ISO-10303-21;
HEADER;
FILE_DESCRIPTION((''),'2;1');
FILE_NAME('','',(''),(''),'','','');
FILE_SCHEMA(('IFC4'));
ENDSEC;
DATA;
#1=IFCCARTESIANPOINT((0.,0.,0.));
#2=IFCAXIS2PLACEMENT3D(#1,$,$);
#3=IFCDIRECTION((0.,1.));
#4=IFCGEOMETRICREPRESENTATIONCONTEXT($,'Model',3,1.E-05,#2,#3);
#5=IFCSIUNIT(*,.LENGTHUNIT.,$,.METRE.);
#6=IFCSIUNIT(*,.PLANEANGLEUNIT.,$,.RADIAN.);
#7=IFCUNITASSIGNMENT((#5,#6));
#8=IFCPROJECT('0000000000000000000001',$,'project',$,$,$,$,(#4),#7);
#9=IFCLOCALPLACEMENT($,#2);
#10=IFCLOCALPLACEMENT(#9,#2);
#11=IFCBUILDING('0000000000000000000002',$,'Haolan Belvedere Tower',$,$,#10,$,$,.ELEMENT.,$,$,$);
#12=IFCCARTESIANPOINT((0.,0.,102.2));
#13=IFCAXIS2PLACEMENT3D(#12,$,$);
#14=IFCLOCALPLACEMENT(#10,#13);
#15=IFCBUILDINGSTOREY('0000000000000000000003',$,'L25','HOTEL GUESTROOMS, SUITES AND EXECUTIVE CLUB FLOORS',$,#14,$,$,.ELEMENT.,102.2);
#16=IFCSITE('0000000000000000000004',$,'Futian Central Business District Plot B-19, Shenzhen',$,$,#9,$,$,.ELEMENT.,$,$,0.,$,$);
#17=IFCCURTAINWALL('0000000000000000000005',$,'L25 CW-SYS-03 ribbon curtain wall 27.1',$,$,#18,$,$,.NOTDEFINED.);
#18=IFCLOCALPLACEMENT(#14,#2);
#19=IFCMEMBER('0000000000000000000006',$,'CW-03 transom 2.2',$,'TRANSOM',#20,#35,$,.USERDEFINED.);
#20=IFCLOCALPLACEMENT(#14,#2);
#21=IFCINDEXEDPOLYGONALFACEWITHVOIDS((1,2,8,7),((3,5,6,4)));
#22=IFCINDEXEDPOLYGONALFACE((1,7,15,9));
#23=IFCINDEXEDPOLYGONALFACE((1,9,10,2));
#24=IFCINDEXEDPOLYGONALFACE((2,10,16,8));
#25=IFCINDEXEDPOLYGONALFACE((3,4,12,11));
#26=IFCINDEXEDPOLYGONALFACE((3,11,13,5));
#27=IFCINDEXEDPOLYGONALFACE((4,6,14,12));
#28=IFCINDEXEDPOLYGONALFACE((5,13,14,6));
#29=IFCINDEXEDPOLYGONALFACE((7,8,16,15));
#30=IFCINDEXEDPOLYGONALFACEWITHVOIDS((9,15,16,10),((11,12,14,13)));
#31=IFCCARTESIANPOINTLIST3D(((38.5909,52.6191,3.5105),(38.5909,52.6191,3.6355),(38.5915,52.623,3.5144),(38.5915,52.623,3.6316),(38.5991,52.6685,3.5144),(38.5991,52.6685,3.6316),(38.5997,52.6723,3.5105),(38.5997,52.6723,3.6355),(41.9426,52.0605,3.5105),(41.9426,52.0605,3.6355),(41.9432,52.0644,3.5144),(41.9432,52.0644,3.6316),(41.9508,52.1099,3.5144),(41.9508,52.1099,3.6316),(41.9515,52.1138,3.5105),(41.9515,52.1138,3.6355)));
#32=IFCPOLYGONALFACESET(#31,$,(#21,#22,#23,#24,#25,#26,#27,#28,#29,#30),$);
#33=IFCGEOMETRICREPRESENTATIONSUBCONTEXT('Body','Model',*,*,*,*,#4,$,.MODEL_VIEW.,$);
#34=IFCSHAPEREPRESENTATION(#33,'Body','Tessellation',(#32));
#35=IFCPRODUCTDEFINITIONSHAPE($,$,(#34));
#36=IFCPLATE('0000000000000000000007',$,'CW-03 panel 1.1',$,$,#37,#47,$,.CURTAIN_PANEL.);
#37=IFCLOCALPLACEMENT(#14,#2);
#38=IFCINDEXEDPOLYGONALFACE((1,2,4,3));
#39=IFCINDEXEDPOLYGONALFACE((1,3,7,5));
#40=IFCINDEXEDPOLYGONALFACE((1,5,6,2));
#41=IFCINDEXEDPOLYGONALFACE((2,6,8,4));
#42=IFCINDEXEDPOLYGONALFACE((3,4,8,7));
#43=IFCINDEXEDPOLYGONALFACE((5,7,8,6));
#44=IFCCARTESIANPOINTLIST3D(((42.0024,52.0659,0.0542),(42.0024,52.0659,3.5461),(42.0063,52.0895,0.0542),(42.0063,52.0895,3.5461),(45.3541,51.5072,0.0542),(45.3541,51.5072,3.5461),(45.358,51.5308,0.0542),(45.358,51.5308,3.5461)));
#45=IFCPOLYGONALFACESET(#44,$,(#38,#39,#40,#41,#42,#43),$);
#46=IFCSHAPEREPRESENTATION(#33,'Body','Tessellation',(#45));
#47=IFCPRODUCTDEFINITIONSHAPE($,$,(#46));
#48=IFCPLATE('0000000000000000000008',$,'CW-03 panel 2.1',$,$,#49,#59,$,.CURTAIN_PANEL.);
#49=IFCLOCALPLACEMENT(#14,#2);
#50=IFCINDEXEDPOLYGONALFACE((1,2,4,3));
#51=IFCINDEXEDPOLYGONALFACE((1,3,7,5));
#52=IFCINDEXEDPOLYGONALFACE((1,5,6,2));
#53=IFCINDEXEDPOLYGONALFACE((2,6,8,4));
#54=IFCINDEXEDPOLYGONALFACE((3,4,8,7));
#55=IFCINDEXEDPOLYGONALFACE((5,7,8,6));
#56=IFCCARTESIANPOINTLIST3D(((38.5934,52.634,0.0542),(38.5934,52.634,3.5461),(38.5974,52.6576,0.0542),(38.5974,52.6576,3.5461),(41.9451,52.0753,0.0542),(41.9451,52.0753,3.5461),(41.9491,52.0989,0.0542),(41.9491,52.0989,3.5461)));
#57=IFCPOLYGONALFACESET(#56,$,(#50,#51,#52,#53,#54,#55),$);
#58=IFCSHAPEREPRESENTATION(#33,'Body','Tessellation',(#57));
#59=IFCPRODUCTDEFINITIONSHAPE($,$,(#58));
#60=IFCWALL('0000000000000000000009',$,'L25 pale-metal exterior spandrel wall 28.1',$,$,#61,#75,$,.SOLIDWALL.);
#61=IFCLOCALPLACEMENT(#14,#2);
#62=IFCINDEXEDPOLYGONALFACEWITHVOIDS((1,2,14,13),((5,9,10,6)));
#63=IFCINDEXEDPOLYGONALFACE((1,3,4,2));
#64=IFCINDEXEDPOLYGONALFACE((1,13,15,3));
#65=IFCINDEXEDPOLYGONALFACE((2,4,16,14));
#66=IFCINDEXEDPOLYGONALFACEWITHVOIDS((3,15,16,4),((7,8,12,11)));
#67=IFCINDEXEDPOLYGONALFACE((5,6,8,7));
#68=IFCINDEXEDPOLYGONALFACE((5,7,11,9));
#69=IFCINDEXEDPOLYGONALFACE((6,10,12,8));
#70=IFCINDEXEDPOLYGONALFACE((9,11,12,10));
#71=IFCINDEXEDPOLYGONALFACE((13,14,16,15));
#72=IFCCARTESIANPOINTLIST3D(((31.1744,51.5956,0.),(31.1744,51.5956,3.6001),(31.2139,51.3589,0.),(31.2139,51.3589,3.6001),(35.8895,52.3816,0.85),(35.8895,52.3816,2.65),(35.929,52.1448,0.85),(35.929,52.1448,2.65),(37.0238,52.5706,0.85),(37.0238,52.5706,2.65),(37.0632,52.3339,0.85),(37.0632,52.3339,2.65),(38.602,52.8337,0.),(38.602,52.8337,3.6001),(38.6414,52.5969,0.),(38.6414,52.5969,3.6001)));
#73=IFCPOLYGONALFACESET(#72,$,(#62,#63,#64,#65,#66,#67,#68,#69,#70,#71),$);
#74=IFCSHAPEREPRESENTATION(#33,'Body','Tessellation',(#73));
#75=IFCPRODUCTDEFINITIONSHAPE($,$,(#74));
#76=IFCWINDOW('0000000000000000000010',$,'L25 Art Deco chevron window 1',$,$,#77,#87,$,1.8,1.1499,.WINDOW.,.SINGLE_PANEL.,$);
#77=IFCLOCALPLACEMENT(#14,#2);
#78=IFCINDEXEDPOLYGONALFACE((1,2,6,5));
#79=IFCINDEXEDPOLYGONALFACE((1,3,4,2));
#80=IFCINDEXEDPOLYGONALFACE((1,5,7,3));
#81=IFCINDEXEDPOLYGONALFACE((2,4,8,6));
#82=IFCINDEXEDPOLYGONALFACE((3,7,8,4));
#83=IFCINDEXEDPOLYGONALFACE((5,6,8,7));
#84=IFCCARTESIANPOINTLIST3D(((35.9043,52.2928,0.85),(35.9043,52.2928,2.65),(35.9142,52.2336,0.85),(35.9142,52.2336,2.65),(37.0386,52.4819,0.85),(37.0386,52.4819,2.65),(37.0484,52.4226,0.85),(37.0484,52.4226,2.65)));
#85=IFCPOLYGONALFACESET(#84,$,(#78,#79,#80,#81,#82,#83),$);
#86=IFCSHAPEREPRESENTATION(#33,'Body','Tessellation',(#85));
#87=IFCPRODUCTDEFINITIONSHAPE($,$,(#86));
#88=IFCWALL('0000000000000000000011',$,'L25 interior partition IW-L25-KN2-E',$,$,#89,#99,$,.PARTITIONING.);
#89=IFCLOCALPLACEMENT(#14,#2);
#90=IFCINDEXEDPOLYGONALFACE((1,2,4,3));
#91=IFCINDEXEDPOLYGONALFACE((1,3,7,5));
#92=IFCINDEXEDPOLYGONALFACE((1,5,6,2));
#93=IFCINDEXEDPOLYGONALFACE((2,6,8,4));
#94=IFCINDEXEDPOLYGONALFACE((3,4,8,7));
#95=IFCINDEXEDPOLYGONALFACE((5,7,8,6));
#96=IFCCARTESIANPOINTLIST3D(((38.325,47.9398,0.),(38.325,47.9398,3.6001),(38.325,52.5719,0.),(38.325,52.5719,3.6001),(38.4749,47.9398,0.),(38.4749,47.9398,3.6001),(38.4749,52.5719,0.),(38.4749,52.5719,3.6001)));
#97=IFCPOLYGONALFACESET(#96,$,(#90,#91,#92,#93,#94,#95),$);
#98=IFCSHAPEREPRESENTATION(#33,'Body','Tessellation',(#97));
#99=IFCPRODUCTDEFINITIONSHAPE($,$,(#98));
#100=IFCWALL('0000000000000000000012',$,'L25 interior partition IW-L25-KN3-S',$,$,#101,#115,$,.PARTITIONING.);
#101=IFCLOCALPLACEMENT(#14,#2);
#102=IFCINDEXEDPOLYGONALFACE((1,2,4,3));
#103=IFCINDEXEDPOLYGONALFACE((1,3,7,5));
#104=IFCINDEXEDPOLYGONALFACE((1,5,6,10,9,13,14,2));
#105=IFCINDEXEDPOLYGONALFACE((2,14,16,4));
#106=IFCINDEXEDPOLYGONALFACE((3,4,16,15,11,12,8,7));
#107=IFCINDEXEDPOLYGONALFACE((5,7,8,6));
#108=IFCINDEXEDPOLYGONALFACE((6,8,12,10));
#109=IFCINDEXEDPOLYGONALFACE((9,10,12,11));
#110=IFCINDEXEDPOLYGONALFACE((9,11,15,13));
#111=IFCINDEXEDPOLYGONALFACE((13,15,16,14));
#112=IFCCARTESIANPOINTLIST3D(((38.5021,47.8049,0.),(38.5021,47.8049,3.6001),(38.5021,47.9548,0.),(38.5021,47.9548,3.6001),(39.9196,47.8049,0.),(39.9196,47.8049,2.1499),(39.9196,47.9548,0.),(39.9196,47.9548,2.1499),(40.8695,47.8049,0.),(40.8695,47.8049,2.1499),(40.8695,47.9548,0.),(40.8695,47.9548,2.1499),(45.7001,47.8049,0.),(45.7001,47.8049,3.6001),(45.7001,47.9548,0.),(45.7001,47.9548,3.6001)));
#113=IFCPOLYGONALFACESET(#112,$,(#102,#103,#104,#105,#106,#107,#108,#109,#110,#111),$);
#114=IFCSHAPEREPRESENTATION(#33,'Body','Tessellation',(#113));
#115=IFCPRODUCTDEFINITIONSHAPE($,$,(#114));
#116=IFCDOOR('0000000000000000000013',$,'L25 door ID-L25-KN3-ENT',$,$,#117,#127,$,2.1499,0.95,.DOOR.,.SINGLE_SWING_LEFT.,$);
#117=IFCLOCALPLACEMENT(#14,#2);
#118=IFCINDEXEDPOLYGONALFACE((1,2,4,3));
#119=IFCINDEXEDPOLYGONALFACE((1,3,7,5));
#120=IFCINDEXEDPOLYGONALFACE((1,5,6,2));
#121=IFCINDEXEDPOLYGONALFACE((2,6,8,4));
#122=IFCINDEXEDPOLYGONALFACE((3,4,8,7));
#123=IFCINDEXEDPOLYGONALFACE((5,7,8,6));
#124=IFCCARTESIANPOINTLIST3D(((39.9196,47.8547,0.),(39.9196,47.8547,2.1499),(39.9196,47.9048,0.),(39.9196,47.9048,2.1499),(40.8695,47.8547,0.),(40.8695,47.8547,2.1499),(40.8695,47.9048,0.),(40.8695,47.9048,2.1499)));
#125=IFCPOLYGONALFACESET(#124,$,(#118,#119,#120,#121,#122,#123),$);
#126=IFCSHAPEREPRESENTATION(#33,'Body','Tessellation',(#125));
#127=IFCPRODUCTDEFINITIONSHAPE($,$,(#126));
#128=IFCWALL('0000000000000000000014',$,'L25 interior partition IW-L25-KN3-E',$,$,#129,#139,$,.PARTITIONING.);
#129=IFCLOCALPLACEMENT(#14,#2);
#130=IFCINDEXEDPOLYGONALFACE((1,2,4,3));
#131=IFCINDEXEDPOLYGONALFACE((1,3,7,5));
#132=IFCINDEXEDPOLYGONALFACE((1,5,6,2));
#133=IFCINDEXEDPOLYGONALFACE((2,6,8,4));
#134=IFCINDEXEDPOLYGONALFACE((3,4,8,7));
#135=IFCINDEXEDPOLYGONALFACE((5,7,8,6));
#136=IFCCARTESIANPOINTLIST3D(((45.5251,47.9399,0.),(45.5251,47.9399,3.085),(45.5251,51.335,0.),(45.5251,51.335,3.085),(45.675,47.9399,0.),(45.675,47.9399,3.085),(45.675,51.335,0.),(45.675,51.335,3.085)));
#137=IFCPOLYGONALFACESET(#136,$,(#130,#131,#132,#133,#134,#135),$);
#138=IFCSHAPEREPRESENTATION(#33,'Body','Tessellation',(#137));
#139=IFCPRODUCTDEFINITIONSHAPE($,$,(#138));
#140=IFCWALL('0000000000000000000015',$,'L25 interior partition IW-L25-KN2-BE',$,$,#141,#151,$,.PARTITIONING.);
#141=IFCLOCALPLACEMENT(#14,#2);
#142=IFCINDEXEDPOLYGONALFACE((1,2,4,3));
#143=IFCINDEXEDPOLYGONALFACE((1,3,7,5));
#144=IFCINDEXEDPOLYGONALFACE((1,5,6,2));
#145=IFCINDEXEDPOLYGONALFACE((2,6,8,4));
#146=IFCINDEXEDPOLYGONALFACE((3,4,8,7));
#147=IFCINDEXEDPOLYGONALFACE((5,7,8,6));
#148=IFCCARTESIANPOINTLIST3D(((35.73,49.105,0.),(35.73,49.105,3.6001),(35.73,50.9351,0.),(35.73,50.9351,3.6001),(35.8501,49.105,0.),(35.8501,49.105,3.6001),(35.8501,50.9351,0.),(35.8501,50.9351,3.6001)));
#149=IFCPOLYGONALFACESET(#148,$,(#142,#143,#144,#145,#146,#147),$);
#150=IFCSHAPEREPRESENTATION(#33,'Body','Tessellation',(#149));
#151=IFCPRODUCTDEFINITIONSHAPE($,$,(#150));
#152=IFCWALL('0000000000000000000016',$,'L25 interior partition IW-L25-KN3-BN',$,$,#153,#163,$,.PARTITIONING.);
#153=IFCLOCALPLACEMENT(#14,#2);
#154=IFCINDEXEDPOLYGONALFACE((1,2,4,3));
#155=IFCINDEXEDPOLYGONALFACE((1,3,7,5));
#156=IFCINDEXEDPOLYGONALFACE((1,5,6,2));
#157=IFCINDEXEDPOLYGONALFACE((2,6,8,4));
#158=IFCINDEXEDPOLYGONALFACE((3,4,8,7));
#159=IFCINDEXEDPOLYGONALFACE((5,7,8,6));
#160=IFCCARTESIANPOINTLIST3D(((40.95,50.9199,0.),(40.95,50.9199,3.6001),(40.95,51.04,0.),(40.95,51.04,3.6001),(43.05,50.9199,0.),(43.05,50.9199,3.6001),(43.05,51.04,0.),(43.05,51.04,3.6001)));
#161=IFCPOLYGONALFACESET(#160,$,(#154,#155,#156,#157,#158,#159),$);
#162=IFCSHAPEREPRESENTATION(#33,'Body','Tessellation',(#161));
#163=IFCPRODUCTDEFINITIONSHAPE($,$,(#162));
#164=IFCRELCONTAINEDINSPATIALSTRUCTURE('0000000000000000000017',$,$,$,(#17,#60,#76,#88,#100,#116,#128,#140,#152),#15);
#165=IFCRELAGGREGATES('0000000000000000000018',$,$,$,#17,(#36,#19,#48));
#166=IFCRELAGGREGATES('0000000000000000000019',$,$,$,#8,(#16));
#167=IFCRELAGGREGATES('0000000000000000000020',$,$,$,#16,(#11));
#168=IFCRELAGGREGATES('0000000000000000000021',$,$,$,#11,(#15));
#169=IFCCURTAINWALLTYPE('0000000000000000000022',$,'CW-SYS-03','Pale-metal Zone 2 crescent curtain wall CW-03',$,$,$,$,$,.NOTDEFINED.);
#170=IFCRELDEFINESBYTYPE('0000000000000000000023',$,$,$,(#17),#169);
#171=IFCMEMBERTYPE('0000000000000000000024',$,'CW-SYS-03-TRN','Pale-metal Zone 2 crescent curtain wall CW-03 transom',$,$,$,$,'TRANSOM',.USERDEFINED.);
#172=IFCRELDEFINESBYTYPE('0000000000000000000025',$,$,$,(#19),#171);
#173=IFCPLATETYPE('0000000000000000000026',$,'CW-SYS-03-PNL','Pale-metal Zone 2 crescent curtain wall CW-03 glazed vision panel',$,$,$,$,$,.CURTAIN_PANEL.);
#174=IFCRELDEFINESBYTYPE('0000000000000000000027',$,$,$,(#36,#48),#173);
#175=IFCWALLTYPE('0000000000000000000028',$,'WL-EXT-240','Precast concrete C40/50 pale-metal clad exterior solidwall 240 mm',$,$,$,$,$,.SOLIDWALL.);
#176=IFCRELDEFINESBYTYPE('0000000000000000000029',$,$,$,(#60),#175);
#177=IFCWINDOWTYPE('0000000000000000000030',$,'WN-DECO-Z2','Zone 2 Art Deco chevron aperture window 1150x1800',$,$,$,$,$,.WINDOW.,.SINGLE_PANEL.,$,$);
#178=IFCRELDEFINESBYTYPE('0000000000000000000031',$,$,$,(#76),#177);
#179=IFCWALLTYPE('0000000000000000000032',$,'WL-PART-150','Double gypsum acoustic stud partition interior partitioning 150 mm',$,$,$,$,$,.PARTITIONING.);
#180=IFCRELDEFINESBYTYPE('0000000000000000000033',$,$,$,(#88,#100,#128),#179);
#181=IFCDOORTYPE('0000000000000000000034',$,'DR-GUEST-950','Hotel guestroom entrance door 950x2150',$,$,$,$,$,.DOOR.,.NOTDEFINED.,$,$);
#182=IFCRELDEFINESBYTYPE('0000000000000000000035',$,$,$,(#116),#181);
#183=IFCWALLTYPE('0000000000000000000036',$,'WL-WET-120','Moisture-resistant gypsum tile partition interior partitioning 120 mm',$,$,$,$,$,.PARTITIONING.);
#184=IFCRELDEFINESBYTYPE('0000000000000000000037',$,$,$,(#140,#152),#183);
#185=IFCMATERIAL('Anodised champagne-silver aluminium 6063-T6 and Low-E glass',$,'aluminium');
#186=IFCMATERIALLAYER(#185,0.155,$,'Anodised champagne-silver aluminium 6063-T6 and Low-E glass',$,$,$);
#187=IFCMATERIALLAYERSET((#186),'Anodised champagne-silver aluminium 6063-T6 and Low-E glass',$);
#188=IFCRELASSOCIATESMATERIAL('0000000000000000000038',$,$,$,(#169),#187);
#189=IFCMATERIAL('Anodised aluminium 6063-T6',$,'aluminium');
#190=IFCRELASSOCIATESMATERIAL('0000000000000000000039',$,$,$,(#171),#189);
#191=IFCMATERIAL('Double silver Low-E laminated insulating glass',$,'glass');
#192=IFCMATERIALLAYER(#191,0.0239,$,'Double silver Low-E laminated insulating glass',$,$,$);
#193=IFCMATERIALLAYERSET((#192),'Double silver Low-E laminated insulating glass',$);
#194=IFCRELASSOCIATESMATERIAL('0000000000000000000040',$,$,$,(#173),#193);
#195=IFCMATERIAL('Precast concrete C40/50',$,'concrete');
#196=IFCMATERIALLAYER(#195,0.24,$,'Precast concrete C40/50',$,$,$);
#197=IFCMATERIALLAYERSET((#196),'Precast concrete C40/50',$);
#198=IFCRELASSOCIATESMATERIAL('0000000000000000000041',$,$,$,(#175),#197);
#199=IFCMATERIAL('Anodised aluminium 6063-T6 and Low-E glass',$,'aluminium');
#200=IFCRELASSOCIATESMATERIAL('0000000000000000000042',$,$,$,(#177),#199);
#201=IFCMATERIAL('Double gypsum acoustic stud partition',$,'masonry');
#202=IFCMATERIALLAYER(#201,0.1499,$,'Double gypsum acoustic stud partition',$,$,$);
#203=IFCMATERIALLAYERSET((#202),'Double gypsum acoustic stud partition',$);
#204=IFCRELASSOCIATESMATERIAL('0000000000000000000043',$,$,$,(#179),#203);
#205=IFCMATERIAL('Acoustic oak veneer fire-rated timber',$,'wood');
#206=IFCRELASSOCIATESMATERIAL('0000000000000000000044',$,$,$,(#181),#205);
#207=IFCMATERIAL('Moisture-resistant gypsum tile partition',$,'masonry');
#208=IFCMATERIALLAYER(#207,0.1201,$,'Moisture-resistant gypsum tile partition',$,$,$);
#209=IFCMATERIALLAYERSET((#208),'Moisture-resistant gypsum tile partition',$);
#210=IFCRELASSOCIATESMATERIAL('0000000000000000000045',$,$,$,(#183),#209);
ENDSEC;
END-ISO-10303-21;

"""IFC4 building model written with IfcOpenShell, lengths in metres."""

from ifc_helpers import new_model, si_unit, direction, frame, frame_2d, origin, origin_2d, place, context, subcontext, project, spatial, rectangle, hollow_rectangle, extrude, material, layer, layer_set, material_profile, profile_set, type_object, element, fill, aggregate, save


model = new_model("IFC4")

# Units and contexts
model_context = context("Model", 3, precision=1e-05, world=origin(), true_north=direction((0.0, 1.0)))
body_context = subcontext(model_context, "Body", "Model", "MODEL_VIEW")
ifc_project = project(units=[si_unit("LENGTHUNIT", "METRE"), si_unit("PLANEANGLEUNIT", "RADIAN")], contexts=[model_context])

# Site, building, storey
site_placement = place(None, origin())
site = spatial("IfcSite", under=ifc_project, at=site_placement, Name="Futian Central Business District Plot B-19, Shenzhen", CompositionType="ELEMENT", RefElevation=0.0)
building_placement = place(site_placement, origin())
building = spatial("IfcBuilding", under=site, at=building_placement, Name="Haolan Belvedere Tower", CompositionType="ELEMENT")
storey_placement = place(building_placement, frame((0.0, 0.0, 102.2)))
storey = spatial("IfcBuildingStorey", under=building, at=storey_placement, Name="L25", Description="HOTEL GUESTROOMS, SUITES AND EXECUTIVE CLUB FLOORS", CompositionType="ELEMENT", Elevation=102.2)

# Curtain wall, member, plates
ifc_material_1 = material(Name="Anodised champagne-silver aluminium 6063-T6 and Low-E glass", Category="aluminium")
ifc_layer_1 = layer(ifc_material_1, 0.155, Name="Anodised champagne-silver aluminium 6063-T6 and Low-E glass")
ifc_layer_set_1 = layer_set([ifc_layer_1], Name="Anodised champagne-silver aluminium 6063-T6 and Low-E glass")
curtain_wall_type = type_object("IfcCurtainWallType", Name="CW-SYS-03", Description="Pale-metal Zone 2 crescent curtain wall CW-03", PredefinedType="NOTDEFINED", material=ifc_layer_set_1)
curtain_wall_placement = place(storey_placement, origin())
curtain_wall = element("IfcCurtainWall", 1, at=curtain_wall_placement, inside=storey, type_object=curtain_wall_type, Name="L25 CW-SYS-03 ribbon curtain wall 27.1", PredefinedType="NOTDEFINED")
ifc_material_2 = material(Name="Anodised aluminium 6063-T6", Category="aluminium")
ifc_material_profile_1 = material_profile(ifc_material_2, hollow_rectangle(XDim=0.054, YDim=0.125, WallThickness=0.0039, at=origin_2d()), Name="Anodised aluminium 6063-T6")
ifc_profile_set_1 = profile_set([ifc_material_profile_1], Name="Anodised aluminium 6063-T6")
member_type_1 = type_object("IfcMemberType", Name="CW-SYS-03-TRN", Description="Pale-metal Zone 2 crescent curtain wall CW-03 transom", ElementType="TRANSOM", PredefinedType="USERDEFINED", material=ifc_profile_set_1)
member_1_placement = place(storey_placement, frame((41.947, 52.0872, 3.573), z_axis=(-0.986396, 0.164387, 0.0), x_axis=(-0.164387, -0.986396, 0.0)))
member_1 = element("IfcMember", 2, at=member_1_placement, type_object=member_type_1, Name="CW-03 transom 2.2", ObjectType="TRANSOM", PredefinedType="USERDEFINED", context=body_context, shape_type="SweptSolid", body=[
    extrude(hollow_rectangle(XDim=0.054, YDim=0.125, WallThickness=0.0039, at=origin_2d()), origin(), (0.0, 0.0, 1.0), 3.3979),
])
ifc_material_3 = material(Name="Double silver Low-E laminated insulating glass", Category="glass")
ifc_layer_2 = layer(ifc_material_3, 0.0239, Name="Double silver Low-E laminated insulating glass")
ifc_layer_set_2 = layer_set([ifc_layer_2], Name="Double silver Low-E laminated insulating glass")
plate_type = type_object("IfcPlateType", Name="CW-SYS-03-PNL", Description="Pale-metal Zone 2 crescent curtain wall CW-03 glazed vision panel", PredefinedType="CURTAIN_PANEL", material=ifc_layer_set_2)
plate_1_placement = place(storey_placement, frame((43.6802, 51.7983, 0.0542), z_axis=(0.0, 0.0, 1.0), x_axis=(-0.986393, 0.164404, 0.0)))
plate_1 = element("IfcPlate", 3, at=plate_1_placement, type_object=plate_type, Name="CW-03 panel 1.1", PredefinedType="CURTAIN_PANEL", context=body_context, shape_type="SweptSolid", body=[
    extrude(rectangle(XDim=3.3979, YDim=0.0239, at=origin_2d()), origin(), (0.0, 0.0, 1.0), 3.4919),
])
plate_2_placement = place(storey_placement, frame((40.2712, 52.3665, 0.0542), z_axis=(0.0, 0.0, 1.0), x_axis=(-0.986393, 0.164404, 0.0)))
plate_2 = element("IfcPlate", 4, at=plate_2_placement, type_object=plate_type, Name="CW-03 panel 2.1", PredefinedType="CURTAIN_PANEL", context=body_context, shape_type="SweptSolid", body=[
    extrude(rectangle(XDim=3.3979, YDim=0.0239, at=origin_2d()), origin(), (0.0, 0.0, 1.0), 3.4919),
])
aggregate(curtain_wall, [plate_1, member_1, plate_2])

# Wall, opening, window
ifc_material_4 = material(Name="Precast concrete C40/50", Category="concrete")
ifc_layer_3 = layer(ifc_material_4, 0.24, Name="Precast concrete C40/50")
ifc_layer_set_3 = layer_set([ifc_layer_3], Name="Precast concrete C40/50")
wall_type_1 = type_object("IfcWallType", Name="WL-EXT-240", Description="Precast concrete C40/50 pale-metal clad exterior solidwall 240 mm", PredefinedType="SOLIDWALL", material=ifc_layer_set_3)
wall_1_placement = place(storey_placement, frame((38.6218, 52.7153, 0.0), z_axis=(0.0, 0.0, 1.0), x_axis=(-0.986391, -0.164415, 0.0)))
wall_1 = element("IfcWall", 5, at=wall_1_placement, inside=storey, type_object=wall_type_1, Name="L25 pale-metal exterior spandrel wall 28.1", PredefinedType="SOLIDWALL", context=body_context, shape_type="SweptSolid", body=[
    extrude(rectangle(XDim=7.53, YDim=0.24, at=frame_2d((3.7651, 0.0))), origin(), (0.0, 0.0, 1.0), 3.6001),
])
opening_1_placement = place(wall_1_placement, frame((1.6001, 0.0, 0.8501)))
opening_1 = element("IfcOpeningElement", 6, at=opening_1_placement, cuts=wall_1, PredefinedType="OPENING", context=body_context, shape_type="SweptSolid", body=[
    extrude(rectangle(XDim=1.1499, YDim=1.8, at=frame_2d((0.575, 0.8999))), frame((0.0, 0.1299, 0.0), z_axis=(0.0, -1.0, 0.0), x_axis=(1.0, 0.0, 0.0)), (0.0, 0.0, 1.0), 0.26),
])
ifc_material_5 = material(Name="Anodised aluminium 6063-T6 and Low-E glass", Category="aluminium")
window_type = type_object("IfcWindowType", Name="WN-DECO-Z2", Description="Zone 2 Art Deco chevron aperture window 1150x1800", PartitioningType="SINGLE_PANEL", PredefinedType="WINDOW", material=ifc_material_5)
window_placement = place(opening_1_placement, origin())
window = element("IfcWindow", 7, at=window_placement, inside=storey, type_object=window_type, Name="L25 Art Deco chevron window 1", OverallHeight=1.8, OverallWidth=1.1499, PartitioningType="SINGLE_PANEL", PredefinedType="WINDOW", context=body_context, shape_type="SweptSolid", body=[
    extrude(rectangle(XDim=1.1499, YDim=1.8, at=frame_2d((0.575, 0.8999))), frame((0.0, 0.03, 0.0), z_axis=(0.0, -1.0, 0.0), x_axis=(1.0, 0.0, 0.0)), (0.0, 0.0, 1.0), 0.0601),
])
fill(opening_1, window)

# Wall
ifc_material_6 = material(Name="Double gypsum acoustic stud partition", Category="masonry")
ifc_layer_4 = layer(ifc_material_6, 0.1499, Name="Double gypsum acoustic stud partition")
ifc_layer_set_4 = layer_set([ifc_layer_4], Name="Double gypsum acoustic stud partition")
wall_type_2 = type_object("IfcWallType", Name="WL-PART-150", Description="Double gypsum acoustic stud partition interior partitioning 150 mm", PredefinedType="PARTITIONING", material=ifc_layer_set_4)
wall_2_placement = place(storey_placement, frame((38.3999, 47.9399, 0.0), z_axis=(0.0, 0.0, 1.0), x_axis=(0.0, 1.0, 0.0)))
element("IfcWall", 8, at=wall_2_placement, inside=storey, type_object=wall_type_2, Name="L25 interior partition IW-L25-KN2-E", PredefinedType="PARTITIONING", context=body_context, shape_type="SweptSolid", body=[
    extrude(rectangle(XDim=4.6321, YDim=0.1499, at=frame_2d((2.3159, 0.0))), origin(), (0.0, 0.0, 1.0), 3.6001),
])

# Wall, opening, door
wall_3_placement = place(storey_placement, frame((38.502, 47.8799, 0.0), z_axis=(0.0, 0.0, 1.0), x_axis=(1.0, 0.0, 0.0)))
wall_3 = element("IfcWall", 9, at=wall_3_placement, inside=storey, type_object=wall_type_2, Name="L25 interior partition IW-L25-KN3-S", PredefinedType="PARTITIONING", context=body_context, shape_type="SweptSolid", body=[
    extrude(rectangle(XDim=7.198, YDim=0.1499, at=frame_2d((3.5991, 0.0))), origin(), (0.0, 0.0, 1.0), 3.6001),
])
opening_2_placement = place(wall_3_placement, frame((1.4175, 0.0, 0.0)))
opening_2 = element("IfcOpeningElement", 10, at=opening_2_placement, cuts=wall_3, PredefinedType="OPENING", context=body_context, shape_type="SweptSolid", body=[
    extrude(rectangle(XDim=0.95, YDim=2.1499, at=frame_2d((0.4751, 1.075))), frame((0.0, 0.085, 0.0), z_axis=(0.0, -1.0, 0.0), x_axis=(1.0, 0.0, 0.0)), (0.0, 0.0, 1.0), 0.1699),
])
ifc_material_7 = material(Name="Acoustic oak veneer fire-rated timber", Category="wood")
door_type_1 = type_object("IfcDoorType", Name="DR-GUEST-950", Description="Hotel guestroom entrance door 950x2150", OperationType="NOTDEFINED", PredefinedType="DOOR", material=ifc_material_7)
door_1_placement = place(opening_2_placement, origin())
door_1 = element("IfcDoor", 11, at=door_1_placement, inside=storey, type_object=door_type_1, Name="L25 door ID-L25-KN3-ENT", OperationType="SINGLE_SWING_LEFT", OverallHeight=2.1499, OverallWidth=0.95, PredefinedType="DOOR", context=body_context, shape_type="SweptSolid", body=[
    extrude(rectangle(XDim=0.95, YDim=2.1499, at=frame_2d((0.4751, 1.075))), frame((0.0, 0.0249, 0.0), z_axis=(0.0, -1.0, 0.0), x_axis=(1.0, 0.0, 0.0)), (0.0, 0.0, 1.0), 0.05),
])
fill(opening_2, door_1)

# Walls
wall_4_placement = place(storey_placement, frame((45.6001, 47.9399, 0.0), z_axis=(0.0, 0.0, 1.0), x_axis=(0.0, 1.0, 0.0)))
element("IfcWall", 12, at=wall_4_placement, inside=storey, type_object=wall_type_2, Name="L25 interior partition IW-L25-KN3-E", PredefinedType="PARTITIONING", context=body_context, shape_type="SweptSolid", body=[
    extrude(rectangle(XDim=3.395, YDim=0.1499, at=frame_2d((1.6975, 0.0))), origin(), (0.0, 0.0, 1.0), 3.085),
])
ifc_material_8 = material(Name="Moisture-resistant gypsum tile partition", Category="masonry")
ifc_layer_5 = layer(ifc_material_8, 0.1201, Name="Moisture-resistant gypsum tile partition")
ifc_layer_set_5 = layer_set([ifc_layer_5], Name="Moisture-resistant gypsum tile partition")
wall_type_3 = type_object("IfcWallType", Name="WL-WET-120", Description="Moisture-resistant gypsum tile partition interior partitioning 120 mm", PredefinedType="PARTITIONING", material=ifc_layer_set_5)
wall_5_placement = place(storey_placement, frame((35.79, 49.105, 0.0), z_axis=(0.0, 0.0, 1.0), x_axis=(0.0, 1.0, 0.0)))
element("IfcWall", 13, at=wall_5_placement, inside=storey, type_object=wall_type_3, Name="L25 interior partition IW-L25-KN2-BE", PredefinedType="PARTITIONING", context=body_context, shape_type="SweptSolid", body=[
    extrude(rectangle(XDim=1.8301, YDim=0.1201, at=frame_2d((0.915, 0.0))), origin(), (0.0, 0.0, 1.0), 3.6001),
])
wall_6_placement = place(storey_placement, frame((40.95, 50.98, 0.0), z_axis=(0.0, 0.0, 1.0), x_axis=(1.0, 0.0, 0.0)))
element("IfcWall", 14, at=wall_6_placement, inside=storey, type_object=wall_type_3, Name="L25 interior partition IW-L25-KN3-BN", PredefinedType="PARTITIONING", context=body_context, shape_type="SweptSolid", body=[
    extrude(rectangle(XDim=2.1001, YDim=0.1201, at=frame_2d((1.05, 0.0))), origin(), (0.0, 0.0, 1.0), 3.6001),
])

save(model, "model.ifc")
